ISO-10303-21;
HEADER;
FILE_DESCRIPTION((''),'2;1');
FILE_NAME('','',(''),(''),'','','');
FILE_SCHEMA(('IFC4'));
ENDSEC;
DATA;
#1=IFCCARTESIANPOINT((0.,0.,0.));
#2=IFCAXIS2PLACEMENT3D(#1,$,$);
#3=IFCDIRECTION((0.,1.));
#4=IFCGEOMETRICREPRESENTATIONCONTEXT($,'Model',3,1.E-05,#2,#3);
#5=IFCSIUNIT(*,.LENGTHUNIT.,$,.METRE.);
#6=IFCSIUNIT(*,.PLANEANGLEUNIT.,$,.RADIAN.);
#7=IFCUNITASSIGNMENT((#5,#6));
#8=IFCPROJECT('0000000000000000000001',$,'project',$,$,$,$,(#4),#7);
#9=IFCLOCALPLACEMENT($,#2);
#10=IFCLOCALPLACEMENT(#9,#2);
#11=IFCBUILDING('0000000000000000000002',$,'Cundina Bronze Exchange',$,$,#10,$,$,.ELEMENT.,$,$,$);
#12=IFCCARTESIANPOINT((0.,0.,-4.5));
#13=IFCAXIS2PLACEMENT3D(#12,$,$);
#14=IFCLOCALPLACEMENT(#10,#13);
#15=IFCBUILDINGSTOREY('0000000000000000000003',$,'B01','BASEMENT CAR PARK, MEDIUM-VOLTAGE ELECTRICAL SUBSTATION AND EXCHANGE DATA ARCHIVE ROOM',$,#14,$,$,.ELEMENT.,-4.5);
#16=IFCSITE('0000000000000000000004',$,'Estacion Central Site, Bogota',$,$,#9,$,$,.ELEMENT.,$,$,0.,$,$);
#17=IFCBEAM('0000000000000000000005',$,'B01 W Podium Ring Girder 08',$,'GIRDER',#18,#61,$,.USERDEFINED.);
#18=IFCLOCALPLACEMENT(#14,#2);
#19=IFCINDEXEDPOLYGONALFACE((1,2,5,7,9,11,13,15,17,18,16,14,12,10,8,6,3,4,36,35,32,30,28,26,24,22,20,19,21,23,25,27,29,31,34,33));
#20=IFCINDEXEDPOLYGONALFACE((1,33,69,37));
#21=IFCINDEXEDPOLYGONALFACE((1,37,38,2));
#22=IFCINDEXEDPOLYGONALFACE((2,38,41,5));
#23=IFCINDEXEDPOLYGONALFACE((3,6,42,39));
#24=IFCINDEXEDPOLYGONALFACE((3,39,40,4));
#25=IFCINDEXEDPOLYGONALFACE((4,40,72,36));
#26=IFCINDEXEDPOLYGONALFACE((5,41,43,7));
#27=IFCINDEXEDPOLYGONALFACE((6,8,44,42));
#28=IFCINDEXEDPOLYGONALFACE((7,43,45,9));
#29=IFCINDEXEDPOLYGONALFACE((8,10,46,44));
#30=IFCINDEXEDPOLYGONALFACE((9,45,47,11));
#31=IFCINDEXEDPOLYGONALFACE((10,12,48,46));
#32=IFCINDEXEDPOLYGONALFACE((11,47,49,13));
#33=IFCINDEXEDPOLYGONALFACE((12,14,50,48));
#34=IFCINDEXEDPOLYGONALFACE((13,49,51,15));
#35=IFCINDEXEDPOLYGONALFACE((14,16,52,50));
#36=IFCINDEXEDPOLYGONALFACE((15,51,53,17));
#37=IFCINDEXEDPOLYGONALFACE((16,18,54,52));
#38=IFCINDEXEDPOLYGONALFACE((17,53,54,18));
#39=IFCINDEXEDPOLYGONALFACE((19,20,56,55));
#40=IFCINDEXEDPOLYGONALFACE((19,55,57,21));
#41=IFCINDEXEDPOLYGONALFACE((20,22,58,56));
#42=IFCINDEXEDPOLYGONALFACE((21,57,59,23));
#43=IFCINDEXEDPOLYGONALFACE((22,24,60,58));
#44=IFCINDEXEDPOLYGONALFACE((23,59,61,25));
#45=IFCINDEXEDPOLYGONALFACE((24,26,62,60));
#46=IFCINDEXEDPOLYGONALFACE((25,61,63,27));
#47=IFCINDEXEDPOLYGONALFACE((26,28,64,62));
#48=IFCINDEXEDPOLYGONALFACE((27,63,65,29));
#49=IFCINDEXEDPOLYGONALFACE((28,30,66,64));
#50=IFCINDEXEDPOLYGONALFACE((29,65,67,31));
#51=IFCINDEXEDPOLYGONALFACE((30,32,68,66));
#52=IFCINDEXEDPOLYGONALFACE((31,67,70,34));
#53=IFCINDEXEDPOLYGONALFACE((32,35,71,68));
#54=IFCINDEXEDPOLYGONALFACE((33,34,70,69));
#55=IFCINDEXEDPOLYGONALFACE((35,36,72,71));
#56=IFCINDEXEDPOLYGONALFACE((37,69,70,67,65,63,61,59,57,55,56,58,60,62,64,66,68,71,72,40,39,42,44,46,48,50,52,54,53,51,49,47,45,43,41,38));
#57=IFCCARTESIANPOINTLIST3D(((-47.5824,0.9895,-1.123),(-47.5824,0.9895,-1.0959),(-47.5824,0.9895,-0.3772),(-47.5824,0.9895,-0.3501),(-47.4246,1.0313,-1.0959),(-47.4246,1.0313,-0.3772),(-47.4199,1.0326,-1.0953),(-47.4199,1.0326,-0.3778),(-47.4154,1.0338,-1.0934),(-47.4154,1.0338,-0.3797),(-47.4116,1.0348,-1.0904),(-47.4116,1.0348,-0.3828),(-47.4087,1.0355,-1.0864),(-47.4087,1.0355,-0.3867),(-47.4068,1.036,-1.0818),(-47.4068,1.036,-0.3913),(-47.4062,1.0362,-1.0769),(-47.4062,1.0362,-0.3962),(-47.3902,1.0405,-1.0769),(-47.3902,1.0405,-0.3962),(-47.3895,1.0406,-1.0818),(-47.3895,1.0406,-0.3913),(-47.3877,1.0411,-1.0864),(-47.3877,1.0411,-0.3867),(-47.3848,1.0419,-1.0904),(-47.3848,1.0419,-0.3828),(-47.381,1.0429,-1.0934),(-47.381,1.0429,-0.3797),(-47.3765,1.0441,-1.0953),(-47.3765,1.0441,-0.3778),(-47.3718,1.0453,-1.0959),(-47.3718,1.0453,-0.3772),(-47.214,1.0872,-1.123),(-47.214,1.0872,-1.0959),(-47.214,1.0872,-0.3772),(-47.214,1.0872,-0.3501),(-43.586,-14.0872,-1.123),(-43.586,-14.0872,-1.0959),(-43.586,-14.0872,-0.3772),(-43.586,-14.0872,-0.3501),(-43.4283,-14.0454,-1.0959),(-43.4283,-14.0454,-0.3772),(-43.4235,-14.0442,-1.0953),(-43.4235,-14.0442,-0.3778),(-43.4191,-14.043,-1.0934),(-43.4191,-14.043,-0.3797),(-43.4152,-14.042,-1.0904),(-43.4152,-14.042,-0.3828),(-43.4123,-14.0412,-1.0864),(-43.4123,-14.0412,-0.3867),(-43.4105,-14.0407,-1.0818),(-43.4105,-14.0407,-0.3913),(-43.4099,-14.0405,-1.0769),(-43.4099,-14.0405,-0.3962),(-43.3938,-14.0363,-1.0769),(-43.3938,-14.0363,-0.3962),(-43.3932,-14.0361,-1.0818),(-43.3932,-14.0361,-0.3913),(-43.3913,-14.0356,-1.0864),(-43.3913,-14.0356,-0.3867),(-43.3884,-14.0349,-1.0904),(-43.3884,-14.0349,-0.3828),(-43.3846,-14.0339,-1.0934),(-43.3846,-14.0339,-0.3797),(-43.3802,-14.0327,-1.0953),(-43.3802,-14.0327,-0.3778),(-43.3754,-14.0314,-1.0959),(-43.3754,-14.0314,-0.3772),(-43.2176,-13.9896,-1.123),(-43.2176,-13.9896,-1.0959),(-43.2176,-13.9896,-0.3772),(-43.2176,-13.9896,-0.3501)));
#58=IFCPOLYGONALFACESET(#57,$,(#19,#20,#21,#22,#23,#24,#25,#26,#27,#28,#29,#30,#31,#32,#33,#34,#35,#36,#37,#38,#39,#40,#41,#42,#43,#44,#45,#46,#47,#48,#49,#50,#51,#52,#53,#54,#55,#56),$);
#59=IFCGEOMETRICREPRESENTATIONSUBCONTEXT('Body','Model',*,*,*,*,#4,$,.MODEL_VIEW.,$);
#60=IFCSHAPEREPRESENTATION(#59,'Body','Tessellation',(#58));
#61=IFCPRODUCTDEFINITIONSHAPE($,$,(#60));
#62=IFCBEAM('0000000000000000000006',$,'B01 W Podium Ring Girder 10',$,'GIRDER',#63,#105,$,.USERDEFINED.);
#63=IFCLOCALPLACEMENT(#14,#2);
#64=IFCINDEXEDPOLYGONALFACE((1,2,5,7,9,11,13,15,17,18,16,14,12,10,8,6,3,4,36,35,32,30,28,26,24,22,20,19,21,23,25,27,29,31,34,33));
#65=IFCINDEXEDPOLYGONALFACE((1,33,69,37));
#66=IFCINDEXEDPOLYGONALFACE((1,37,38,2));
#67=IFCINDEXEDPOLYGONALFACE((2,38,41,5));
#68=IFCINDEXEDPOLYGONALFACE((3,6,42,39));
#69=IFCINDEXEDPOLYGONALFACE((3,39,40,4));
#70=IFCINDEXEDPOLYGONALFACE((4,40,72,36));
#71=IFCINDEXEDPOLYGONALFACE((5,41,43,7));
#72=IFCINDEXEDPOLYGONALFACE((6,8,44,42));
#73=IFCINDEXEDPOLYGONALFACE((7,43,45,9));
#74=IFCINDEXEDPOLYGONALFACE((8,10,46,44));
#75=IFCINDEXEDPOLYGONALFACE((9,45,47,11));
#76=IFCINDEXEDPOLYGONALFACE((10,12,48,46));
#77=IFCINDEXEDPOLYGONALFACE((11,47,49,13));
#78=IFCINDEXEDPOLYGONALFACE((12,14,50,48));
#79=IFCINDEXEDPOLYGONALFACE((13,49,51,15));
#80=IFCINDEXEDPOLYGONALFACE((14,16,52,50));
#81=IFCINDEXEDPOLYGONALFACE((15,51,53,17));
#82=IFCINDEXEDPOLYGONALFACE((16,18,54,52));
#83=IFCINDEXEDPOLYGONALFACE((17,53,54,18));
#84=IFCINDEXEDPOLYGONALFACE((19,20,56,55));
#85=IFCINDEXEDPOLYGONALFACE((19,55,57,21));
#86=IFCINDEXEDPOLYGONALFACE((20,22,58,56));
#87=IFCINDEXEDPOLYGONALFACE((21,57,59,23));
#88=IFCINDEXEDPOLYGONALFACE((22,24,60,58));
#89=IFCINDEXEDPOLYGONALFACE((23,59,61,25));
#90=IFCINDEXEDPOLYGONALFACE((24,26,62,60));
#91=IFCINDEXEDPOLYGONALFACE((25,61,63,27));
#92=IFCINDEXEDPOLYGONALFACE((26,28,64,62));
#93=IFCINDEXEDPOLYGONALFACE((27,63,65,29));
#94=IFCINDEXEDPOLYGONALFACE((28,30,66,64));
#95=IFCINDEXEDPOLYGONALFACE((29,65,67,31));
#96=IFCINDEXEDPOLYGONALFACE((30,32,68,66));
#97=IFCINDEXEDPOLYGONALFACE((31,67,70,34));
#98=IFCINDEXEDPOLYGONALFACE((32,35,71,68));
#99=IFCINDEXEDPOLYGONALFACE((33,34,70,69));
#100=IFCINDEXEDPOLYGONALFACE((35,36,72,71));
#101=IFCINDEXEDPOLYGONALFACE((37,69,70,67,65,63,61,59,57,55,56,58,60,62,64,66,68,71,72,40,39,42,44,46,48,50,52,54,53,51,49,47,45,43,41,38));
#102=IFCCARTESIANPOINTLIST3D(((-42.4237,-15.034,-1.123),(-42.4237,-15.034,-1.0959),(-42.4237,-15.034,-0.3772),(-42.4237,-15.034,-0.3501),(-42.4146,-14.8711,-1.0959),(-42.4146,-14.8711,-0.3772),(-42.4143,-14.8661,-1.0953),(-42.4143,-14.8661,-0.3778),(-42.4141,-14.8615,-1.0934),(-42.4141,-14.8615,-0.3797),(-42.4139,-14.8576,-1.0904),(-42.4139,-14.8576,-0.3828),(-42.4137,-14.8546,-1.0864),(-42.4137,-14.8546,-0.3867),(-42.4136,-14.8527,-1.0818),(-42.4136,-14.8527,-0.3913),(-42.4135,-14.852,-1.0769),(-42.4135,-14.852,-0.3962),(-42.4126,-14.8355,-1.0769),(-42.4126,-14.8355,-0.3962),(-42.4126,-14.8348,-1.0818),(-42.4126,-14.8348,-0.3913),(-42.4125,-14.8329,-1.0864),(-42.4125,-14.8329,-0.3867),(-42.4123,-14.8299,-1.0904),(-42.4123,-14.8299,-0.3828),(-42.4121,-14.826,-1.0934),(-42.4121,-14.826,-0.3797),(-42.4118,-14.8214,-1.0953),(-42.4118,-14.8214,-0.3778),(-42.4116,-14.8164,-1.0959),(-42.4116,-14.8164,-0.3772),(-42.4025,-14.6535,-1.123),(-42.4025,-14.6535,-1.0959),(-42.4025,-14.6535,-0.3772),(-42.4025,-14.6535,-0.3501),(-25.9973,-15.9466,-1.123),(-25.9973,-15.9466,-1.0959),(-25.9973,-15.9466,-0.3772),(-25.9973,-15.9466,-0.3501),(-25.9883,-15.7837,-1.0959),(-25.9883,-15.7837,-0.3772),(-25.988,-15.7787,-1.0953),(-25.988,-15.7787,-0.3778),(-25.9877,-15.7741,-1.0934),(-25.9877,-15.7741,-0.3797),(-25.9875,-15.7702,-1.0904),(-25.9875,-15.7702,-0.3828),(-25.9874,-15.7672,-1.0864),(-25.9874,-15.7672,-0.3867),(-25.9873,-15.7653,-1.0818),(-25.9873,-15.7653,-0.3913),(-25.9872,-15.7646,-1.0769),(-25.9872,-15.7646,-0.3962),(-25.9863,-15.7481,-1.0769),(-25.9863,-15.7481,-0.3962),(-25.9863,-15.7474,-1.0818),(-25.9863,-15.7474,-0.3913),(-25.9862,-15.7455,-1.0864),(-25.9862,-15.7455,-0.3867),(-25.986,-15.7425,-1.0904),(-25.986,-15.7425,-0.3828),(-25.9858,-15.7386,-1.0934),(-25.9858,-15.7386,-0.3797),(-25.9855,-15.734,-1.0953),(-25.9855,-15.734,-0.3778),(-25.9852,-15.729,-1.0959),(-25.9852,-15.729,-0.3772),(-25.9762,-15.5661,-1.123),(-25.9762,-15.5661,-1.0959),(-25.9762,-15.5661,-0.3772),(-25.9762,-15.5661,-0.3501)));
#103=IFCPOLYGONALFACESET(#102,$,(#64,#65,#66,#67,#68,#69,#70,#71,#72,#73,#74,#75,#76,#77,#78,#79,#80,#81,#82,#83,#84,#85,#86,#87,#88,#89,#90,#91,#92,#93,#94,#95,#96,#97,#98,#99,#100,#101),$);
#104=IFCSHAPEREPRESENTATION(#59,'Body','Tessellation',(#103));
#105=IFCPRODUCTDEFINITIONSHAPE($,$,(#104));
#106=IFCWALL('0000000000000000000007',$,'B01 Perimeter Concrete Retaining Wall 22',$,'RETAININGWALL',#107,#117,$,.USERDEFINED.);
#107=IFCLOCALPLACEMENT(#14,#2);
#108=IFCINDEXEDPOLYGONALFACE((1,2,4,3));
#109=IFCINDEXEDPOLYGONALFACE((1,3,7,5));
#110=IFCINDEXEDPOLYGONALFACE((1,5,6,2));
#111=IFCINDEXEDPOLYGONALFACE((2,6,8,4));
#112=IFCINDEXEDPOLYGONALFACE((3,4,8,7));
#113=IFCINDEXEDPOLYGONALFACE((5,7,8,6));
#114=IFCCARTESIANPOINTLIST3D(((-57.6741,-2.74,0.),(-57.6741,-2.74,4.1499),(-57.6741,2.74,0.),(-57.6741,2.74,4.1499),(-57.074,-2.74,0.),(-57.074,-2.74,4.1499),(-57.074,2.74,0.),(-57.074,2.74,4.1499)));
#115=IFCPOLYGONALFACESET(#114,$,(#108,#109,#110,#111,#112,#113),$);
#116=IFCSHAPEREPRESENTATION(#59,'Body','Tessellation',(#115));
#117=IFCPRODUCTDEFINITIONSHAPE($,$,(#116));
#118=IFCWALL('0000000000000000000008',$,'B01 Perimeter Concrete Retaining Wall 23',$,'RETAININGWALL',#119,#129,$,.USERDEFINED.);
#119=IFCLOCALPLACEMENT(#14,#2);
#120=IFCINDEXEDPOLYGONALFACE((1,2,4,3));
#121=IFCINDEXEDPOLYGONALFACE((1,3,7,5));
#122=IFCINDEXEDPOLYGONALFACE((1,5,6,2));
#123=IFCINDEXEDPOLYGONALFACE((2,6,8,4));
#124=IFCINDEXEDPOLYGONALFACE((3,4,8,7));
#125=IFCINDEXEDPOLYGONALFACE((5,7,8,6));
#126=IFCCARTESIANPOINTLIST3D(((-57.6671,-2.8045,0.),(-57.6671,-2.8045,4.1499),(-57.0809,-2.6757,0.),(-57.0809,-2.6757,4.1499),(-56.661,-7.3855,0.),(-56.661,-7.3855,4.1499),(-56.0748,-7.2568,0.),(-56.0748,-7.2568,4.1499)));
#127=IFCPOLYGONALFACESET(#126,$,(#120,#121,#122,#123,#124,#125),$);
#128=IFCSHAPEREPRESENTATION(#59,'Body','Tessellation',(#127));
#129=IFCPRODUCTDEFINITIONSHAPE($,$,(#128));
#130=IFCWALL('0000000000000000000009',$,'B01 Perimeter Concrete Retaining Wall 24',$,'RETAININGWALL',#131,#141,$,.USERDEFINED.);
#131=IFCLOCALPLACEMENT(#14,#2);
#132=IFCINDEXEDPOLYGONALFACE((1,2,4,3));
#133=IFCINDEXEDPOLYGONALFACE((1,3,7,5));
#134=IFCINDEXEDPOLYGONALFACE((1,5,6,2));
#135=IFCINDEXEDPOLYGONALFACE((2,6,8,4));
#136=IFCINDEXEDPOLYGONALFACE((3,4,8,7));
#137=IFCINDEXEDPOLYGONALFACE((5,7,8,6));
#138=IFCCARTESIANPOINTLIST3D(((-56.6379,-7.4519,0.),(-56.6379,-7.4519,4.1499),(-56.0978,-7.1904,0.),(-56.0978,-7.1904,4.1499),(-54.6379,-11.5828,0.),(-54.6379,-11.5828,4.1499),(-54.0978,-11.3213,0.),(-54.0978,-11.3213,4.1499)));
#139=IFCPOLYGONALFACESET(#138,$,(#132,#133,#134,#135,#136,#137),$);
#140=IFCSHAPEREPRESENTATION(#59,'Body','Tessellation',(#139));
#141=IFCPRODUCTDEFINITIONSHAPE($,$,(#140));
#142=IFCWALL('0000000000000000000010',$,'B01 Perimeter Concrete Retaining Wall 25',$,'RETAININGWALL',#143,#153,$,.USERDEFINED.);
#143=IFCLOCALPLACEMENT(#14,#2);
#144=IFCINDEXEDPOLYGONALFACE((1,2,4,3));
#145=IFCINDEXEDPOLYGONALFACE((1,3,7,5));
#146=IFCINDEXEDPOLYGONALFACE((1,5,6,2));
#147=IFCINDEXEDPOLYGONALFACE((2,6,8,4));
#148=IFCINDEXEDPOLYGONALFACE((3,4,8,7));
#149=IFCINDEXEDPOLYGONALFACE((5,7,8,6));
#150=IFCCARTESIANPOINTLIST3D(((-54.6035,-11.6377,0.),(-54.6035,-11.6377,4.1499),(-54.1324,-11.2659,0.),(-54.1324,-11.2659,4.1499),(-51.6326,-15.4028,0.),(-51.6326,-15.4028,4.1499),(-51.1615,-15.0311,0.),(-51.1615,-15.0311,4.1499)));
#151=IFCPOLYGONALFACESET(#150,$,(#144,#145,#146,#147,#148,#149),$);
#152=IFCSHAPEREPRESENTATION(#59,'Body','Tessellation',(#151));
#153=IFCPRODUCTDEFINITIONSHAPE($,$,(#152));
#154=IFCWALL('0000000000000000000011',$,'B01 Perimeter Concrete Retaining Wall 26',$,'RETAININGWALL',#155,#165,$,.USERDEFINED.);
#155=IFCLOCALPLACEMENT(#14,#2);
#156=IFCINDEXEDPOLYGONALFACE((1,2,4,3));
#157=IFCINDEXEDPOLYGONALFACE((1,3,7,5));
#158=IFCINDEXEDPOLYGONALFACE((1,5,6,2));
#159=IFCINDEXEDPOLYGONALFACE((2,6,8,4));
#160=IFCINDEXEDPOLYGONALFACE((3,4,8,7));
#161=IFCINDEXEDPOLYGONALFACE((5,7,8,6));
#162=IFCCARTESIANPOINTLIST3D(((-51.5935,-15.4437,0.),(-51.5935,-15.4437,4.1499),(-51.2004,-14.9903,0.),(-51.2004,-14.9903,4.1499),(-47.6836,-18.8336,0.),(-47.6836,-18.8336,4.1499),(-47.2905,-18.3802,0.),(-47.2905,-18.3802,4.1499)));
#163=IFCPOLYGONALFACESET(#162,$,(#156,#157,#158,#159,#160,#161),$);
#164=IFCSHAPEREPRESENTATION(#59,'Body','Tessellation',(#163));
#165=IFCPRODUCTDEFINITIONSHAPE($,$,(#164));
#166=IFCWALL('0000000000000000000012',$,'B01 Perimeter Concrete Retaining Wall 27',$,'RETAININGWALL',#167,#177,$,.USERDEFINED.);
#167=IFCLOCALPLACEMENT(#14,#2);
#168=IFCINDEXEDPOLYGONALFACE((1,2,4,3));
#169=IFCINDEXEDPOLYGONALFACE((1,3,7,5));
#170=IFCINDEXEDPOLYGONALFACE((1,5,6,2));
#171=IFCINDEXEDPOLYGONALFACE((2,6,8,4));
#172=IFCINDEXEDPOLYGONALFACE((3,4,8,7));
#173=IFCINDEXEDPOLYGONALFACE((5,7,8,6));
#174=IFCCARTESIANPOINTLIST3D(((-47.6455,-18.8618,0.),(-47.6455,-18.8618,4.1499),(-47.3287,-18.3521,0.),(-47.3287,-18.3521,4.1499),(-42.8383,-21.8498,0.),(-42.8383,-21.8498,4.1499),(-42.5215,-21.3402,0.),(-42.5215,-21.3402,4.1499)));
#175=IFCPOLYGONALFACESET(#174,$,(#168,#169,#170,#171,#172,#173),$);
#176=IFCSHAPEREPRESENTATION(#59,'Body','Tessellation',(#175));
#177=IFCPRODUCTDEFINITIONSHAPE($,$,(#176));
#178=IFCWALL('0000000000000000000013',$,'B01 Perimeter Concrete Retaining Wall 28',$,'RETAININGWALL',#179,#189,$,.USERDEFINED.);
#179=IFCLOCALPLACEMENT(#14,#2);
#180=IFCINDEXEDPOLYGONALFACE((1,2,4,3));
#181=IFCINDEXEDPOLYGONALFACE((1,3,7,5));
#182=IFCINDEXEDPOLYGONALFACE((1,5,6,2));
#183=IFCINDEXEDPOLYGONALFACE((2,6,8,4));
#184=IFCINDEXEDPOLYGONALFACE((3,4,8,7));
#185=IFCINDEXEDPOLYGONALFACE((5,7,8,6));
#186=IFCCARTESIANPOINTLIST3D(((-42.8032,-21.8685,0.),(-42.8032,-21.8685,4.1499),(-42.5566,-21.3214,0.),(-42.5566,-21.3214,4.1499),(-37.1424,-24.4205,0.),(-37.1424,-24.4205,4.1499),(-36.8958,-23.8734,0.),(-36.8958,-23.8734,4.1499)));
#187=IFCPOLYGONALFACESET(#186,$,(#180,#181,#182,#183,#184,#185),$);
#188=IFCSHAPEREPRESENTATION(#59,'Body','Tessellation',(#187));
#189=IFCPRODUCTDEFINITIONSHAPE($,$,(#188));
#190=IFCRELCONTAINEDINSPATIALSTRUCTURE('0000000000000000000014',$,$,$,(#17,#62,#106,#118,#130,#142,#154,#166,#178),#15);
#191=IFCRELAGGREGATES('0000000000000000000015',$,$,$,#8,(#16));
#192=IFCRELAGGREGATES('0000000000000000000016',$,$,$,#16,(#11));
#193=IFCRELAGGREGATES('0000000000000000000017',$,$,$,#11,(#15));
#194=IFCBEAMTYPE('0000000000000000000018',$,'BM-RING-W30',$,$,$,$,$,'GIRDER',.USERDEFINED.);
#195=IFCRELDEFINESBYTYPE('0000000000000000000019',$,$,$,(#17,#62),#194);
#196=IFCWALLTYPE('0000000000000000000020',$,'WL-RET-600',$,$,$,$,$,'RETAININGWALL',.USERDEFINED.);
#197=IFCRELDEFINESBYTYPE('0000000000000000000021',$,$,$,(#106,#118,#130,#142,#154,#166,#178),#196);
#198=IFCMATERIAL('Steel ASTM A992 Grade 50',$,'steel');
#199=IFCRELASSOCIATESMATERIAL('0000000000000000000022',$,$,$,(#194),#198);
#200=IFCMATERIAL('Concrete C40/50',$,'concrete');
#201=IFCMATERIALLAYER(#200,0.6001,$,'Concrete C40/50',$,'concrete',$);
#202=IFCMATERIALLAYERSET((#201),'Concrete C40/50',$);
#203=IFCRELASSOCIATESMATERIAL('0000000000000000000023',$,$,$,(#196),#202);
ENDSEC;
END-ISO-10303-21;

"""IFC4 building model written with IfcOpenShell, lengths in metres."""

from ifc_helpers import new_model, si_unit, direction, frame, frame_2d, origin, origin_2d, place, context, subcontext, project, spatial, rectangle, i_section, extrude, material, layer, layer_set, material_profile, profile_set, type_object, element, save


model = new_model("IFC4")

# Units and contexts
model_context = context("Model", 3, precision=1e-05, world=origin(), true_north=direction((0.0, 1.0)))
body_context = subcontext(model_context, "Body", "Model", "MODEL_VIEW")
ifc_project = project(units=[si_unit("LENGTHUNIT", "METRE"), si_unit("PLANEANGLEUNIT", "RADIAN")], contexts=[model_context])

# Site, building, storey
site_placement = place(None, origin())
site = spatial("IfcSite", under=ifc_project, at=site_placement, Name="Estacion Central Site, Bogota", CompositionType="ELEMENT", RefElevation=0.0)
building_placement = place(site_placement, origin())
building = spatial("IfcBuilding", under=site, at=building_placement, Name="Cundina Bronze Exchange", CompositionType="ELEMENT")
storey_placement = place(building_placement, frame((0.0, 0.0, -4.5)))
storey = spatial("IfcBuildingStorey", under=building, at=storey_placement, Name="B01", Description="BASEMENT CAR PARK, MEDIUM-VOLTAGE ELECTRICAL SUBSTATION AND EXCHANGE DATA ARCHIVE ROOM", CompositionType="ELEMENT", Elevation=-4.5)

# Beams
ifc_material_1 = material(Name="Steel ASTM A992 Grade 50", Category="steel")
ifc_material_profile_1 = material_profile(ifc_material_1, i_section(OverallWidth=0.3811, OverallDepth=0.7729, WebThickness=0.0166, FlangeThickness=0.0271, FilletRadius=0.019, at=origin_2d()), Name="W30X173", Category="steel")
ifc_profile_set_1 = profile_set([ifc_material_profile_1], Name="Steel ASTM A992 Grade 50")
beam_type = type_object("IfcBeamType", Name="BM-RING-W30", ElementType="GIRDER", PredefinedType="USERDEFINED", material=ifc_profile_set_1)
beam_1_placement = place(storey_placement, frame((-47.3982, 1.0383, -0.7366), z_axis=(0.25622, -0.966619, 0.0), x_axis=(0.966619, 0.25622, 0.0)))
element("IfcBeam", 1, at=beam_1_placement, inside=storey, type_object=beam_type, Name="B01 W Podium Ring Girder 08", ObjectType="GIRDER", PredefinedType="USERDEFINED", context=body_context, shape_type="SweptSolid", body=[
    extrude(i_section(OverallWidth=0.3811, OverallDepth=0.7729, WebThickness=0.0166, FlangeThickness=0.0271, FilletRadius=0.019, at=origin_2d()), origin(), (0.0, 0.0, 1.0), 15.5974),
])
beam_2_placement = place(storey_placement, frame((-42.4131, -14.8438, -0.7366), z_axis=(0.99846, -0.055472, 0.0), x_axis=(0.055472, 0.99846, 0.0)))
element("IfcBeam", 2, at=beam_2_placement, inside=storey, type_object=beam_type, Name="B01 W Podium Ring Girder 10", ObjectType="GIRDER", PredefinedType="USERDEFINED", context=body_context, shape_type="SweptSolid", body=[
    extrude(i_section(OverallWidth=0.3811, OverallDepth=0.7729, WebThickness=0.0166, FlangeThickness=0.0271, FilletRadius=0.019, at=origin_2d()), origin(), (0.0, 0.0, 1.0), 16.4517),
])

# Walls
ifc_material_2 = material(Name="Concrete C40/50", Category="concrete")
ifc_layer = layer(ifc_material_2, 0.6001, Name="Concrete C40/50", Category="concrete")
ifc_layer_set = layer_set([ifc_layer], Name="Concrete C40/50")
wall_type = type_object("IfcWallType", Name="WL-RET-600", ElementType="RETAININGWALL", PredefinedType="USERDEFINED", material=ifc_layer_set)
wall_1_placement = place(storey_placement, frame((-57.374, 2.74, 0.0), z_axis=(0.0, 0.0, 1.0), x_axis=(0.0, -1.0, 0.0)))
element("IfcWall", 3, at=wall_1_placement, inside=storey, type_object=wall_type, Name="B01 Perimeter Concrete Retaining Wall 22", ObjectType="RETAININGWALL", PredefinedType="USERDEFINED", context=body_context, shape_type="SweptSolid", body=[
    extrude(rectangle(XDim=5.48, YDim=0.6001, at=frame_2d((2.74, 0.0))), origin(), (0.0, 0.0, 1.0), 4.1499),
])
wall_2_placement = place(storey_placement, frame((-57.374, -2.74, 0.0), z_axis=(0.0, 0.0, 1.0), x_axis=(0.21451, -0.976722, 0.0)))
element("IfcWall", 4, at=wall_2_placement, inside=storey, type_object=wall_type, Name="B01 Perimeter Concrete Retaining Wall 23", ObjectType="RETAININGWALL", PredefinedType="USERDEFINED", context=body_context, shape_type="SweptSolid", body=[
    extrude(rectangle(XDim=4.6902, YDim=0.6001, at=frame_2d((2.3452, 0.0))), origin(), (0.0, 0.0, 1.0), 4.1499),
])
wall_3_placement = place(storey_placement, frame((-56.3679, -7.321, 0.0), z_axis=(0.0, 0.0, 1.0), x_axis=(0.435772, -0.900057, 0.0)))
element("IfcWall", 5, at=wall_3_placement, inside=storey, type_object=wall_type, Name="B01 Perimeter Concrete Retaining Wall 24", ObjectType="RETAININGWALL", PredefinedType="USERDEFINED", context=body_context, shape_type="SweptSolid", body=[
    extrude(rectangle(XDim=4.5896, YDim=0.6001, at=frame_2d((2.2949, 0.0))), origin(), (0.0, 0.0, 1.0), 4.1499),
])
wall_4_placement = place(storey_placement, frame((-54.3679, -11.4519, 0.0), z_axis=(0.0, 0.0, 1.0), x_axis=(0.619448, -0.785038, 0.0)))
element("IfcWall", 6, at=wall_4_placement, inside=storey, type_object=wall_type, Name="B01 Perimeter Concrete Retaining Wall 25", ObjectType="RETAININGWALL", PredefinedType="USERDEFINED", context=body_context, shape_type="SweptSolid", body=[
    extrude(rectangle(XDim=4.7961, YDim=0.6001, at=frame_2d((2.3979, 0.0))), origin(), (0.0, 0.0, 1.0), 4.1499),
])
wall_5_placement = place(storey_placement, frame((-51.397, -15.217, 0.0), z_axis=(0.0, 0.0, 1.0), x_axis=(0.755565, -0.655074, 0.0)))
element("IfcWall", 7, at=wall_5_placement, inside=storey, type_object=wall_type, Name="B01 Perimeter Concrete Retaining Wall 26", ObjectType="RETAININGWALL", PredefinedType="USERDEFINED", context=body_context, shape_type="SweptSolid", body=[
    extrude(rectangle(XDim=5.1748, YDim=0.6001, at=frame_2d((2.5874, 0.0))), origin(), (0.0, 0.0, 1.0), 4.1499),
])
wall_6_placement = place(storey_placement, frame((-47.4871, -18.6069, 0.0), z_axis=(0.0, 0.0, 1.0), x_axis=(0.849299, -0.527911, 0.0)))
element("IfcWall", 8, at=wall_6_placement, inside=storey, type_object=wall_type, Name="B01 Perimeter Concrete Retaining Wall 27", ObjectType="RETAININGWALL", PredefinedType="USERDEFINED", context=body_context, shape_type="SweptSolid", body=[
    extrude(rectangle(XDim=5.6602, YDim=0.6001, at=frame_2d((2.8301, 0.0))), origin(), (0.0, 0.0, 1.0), 4.1499),
])
wall_7_placement = place(storey_placement, frame((-42.6799, -21.595, 0.0), z_axis=(0.0, 0.0, 1.0), x_axis=(0.911644, -0.410981, 0.0)))
element("IfcWall", 9, at=wall_7_placement, inside=storey, type_object=wall_type, Name="B01 Perimeter Concrete Retaining Wall 28", ObjectType="RETAININGWALL", PredefinedType="USERDEFINED", context=body_context, shape_type="SweptSolid", body=[
    extrude(rectangle(XDim=6.2095, YDim=0.6001, at=frame_2d((3.1047, 0.0))), origin(), (0.0, 0.0, 1.0), 4.1499),
])

save(model, "model.ifc")
